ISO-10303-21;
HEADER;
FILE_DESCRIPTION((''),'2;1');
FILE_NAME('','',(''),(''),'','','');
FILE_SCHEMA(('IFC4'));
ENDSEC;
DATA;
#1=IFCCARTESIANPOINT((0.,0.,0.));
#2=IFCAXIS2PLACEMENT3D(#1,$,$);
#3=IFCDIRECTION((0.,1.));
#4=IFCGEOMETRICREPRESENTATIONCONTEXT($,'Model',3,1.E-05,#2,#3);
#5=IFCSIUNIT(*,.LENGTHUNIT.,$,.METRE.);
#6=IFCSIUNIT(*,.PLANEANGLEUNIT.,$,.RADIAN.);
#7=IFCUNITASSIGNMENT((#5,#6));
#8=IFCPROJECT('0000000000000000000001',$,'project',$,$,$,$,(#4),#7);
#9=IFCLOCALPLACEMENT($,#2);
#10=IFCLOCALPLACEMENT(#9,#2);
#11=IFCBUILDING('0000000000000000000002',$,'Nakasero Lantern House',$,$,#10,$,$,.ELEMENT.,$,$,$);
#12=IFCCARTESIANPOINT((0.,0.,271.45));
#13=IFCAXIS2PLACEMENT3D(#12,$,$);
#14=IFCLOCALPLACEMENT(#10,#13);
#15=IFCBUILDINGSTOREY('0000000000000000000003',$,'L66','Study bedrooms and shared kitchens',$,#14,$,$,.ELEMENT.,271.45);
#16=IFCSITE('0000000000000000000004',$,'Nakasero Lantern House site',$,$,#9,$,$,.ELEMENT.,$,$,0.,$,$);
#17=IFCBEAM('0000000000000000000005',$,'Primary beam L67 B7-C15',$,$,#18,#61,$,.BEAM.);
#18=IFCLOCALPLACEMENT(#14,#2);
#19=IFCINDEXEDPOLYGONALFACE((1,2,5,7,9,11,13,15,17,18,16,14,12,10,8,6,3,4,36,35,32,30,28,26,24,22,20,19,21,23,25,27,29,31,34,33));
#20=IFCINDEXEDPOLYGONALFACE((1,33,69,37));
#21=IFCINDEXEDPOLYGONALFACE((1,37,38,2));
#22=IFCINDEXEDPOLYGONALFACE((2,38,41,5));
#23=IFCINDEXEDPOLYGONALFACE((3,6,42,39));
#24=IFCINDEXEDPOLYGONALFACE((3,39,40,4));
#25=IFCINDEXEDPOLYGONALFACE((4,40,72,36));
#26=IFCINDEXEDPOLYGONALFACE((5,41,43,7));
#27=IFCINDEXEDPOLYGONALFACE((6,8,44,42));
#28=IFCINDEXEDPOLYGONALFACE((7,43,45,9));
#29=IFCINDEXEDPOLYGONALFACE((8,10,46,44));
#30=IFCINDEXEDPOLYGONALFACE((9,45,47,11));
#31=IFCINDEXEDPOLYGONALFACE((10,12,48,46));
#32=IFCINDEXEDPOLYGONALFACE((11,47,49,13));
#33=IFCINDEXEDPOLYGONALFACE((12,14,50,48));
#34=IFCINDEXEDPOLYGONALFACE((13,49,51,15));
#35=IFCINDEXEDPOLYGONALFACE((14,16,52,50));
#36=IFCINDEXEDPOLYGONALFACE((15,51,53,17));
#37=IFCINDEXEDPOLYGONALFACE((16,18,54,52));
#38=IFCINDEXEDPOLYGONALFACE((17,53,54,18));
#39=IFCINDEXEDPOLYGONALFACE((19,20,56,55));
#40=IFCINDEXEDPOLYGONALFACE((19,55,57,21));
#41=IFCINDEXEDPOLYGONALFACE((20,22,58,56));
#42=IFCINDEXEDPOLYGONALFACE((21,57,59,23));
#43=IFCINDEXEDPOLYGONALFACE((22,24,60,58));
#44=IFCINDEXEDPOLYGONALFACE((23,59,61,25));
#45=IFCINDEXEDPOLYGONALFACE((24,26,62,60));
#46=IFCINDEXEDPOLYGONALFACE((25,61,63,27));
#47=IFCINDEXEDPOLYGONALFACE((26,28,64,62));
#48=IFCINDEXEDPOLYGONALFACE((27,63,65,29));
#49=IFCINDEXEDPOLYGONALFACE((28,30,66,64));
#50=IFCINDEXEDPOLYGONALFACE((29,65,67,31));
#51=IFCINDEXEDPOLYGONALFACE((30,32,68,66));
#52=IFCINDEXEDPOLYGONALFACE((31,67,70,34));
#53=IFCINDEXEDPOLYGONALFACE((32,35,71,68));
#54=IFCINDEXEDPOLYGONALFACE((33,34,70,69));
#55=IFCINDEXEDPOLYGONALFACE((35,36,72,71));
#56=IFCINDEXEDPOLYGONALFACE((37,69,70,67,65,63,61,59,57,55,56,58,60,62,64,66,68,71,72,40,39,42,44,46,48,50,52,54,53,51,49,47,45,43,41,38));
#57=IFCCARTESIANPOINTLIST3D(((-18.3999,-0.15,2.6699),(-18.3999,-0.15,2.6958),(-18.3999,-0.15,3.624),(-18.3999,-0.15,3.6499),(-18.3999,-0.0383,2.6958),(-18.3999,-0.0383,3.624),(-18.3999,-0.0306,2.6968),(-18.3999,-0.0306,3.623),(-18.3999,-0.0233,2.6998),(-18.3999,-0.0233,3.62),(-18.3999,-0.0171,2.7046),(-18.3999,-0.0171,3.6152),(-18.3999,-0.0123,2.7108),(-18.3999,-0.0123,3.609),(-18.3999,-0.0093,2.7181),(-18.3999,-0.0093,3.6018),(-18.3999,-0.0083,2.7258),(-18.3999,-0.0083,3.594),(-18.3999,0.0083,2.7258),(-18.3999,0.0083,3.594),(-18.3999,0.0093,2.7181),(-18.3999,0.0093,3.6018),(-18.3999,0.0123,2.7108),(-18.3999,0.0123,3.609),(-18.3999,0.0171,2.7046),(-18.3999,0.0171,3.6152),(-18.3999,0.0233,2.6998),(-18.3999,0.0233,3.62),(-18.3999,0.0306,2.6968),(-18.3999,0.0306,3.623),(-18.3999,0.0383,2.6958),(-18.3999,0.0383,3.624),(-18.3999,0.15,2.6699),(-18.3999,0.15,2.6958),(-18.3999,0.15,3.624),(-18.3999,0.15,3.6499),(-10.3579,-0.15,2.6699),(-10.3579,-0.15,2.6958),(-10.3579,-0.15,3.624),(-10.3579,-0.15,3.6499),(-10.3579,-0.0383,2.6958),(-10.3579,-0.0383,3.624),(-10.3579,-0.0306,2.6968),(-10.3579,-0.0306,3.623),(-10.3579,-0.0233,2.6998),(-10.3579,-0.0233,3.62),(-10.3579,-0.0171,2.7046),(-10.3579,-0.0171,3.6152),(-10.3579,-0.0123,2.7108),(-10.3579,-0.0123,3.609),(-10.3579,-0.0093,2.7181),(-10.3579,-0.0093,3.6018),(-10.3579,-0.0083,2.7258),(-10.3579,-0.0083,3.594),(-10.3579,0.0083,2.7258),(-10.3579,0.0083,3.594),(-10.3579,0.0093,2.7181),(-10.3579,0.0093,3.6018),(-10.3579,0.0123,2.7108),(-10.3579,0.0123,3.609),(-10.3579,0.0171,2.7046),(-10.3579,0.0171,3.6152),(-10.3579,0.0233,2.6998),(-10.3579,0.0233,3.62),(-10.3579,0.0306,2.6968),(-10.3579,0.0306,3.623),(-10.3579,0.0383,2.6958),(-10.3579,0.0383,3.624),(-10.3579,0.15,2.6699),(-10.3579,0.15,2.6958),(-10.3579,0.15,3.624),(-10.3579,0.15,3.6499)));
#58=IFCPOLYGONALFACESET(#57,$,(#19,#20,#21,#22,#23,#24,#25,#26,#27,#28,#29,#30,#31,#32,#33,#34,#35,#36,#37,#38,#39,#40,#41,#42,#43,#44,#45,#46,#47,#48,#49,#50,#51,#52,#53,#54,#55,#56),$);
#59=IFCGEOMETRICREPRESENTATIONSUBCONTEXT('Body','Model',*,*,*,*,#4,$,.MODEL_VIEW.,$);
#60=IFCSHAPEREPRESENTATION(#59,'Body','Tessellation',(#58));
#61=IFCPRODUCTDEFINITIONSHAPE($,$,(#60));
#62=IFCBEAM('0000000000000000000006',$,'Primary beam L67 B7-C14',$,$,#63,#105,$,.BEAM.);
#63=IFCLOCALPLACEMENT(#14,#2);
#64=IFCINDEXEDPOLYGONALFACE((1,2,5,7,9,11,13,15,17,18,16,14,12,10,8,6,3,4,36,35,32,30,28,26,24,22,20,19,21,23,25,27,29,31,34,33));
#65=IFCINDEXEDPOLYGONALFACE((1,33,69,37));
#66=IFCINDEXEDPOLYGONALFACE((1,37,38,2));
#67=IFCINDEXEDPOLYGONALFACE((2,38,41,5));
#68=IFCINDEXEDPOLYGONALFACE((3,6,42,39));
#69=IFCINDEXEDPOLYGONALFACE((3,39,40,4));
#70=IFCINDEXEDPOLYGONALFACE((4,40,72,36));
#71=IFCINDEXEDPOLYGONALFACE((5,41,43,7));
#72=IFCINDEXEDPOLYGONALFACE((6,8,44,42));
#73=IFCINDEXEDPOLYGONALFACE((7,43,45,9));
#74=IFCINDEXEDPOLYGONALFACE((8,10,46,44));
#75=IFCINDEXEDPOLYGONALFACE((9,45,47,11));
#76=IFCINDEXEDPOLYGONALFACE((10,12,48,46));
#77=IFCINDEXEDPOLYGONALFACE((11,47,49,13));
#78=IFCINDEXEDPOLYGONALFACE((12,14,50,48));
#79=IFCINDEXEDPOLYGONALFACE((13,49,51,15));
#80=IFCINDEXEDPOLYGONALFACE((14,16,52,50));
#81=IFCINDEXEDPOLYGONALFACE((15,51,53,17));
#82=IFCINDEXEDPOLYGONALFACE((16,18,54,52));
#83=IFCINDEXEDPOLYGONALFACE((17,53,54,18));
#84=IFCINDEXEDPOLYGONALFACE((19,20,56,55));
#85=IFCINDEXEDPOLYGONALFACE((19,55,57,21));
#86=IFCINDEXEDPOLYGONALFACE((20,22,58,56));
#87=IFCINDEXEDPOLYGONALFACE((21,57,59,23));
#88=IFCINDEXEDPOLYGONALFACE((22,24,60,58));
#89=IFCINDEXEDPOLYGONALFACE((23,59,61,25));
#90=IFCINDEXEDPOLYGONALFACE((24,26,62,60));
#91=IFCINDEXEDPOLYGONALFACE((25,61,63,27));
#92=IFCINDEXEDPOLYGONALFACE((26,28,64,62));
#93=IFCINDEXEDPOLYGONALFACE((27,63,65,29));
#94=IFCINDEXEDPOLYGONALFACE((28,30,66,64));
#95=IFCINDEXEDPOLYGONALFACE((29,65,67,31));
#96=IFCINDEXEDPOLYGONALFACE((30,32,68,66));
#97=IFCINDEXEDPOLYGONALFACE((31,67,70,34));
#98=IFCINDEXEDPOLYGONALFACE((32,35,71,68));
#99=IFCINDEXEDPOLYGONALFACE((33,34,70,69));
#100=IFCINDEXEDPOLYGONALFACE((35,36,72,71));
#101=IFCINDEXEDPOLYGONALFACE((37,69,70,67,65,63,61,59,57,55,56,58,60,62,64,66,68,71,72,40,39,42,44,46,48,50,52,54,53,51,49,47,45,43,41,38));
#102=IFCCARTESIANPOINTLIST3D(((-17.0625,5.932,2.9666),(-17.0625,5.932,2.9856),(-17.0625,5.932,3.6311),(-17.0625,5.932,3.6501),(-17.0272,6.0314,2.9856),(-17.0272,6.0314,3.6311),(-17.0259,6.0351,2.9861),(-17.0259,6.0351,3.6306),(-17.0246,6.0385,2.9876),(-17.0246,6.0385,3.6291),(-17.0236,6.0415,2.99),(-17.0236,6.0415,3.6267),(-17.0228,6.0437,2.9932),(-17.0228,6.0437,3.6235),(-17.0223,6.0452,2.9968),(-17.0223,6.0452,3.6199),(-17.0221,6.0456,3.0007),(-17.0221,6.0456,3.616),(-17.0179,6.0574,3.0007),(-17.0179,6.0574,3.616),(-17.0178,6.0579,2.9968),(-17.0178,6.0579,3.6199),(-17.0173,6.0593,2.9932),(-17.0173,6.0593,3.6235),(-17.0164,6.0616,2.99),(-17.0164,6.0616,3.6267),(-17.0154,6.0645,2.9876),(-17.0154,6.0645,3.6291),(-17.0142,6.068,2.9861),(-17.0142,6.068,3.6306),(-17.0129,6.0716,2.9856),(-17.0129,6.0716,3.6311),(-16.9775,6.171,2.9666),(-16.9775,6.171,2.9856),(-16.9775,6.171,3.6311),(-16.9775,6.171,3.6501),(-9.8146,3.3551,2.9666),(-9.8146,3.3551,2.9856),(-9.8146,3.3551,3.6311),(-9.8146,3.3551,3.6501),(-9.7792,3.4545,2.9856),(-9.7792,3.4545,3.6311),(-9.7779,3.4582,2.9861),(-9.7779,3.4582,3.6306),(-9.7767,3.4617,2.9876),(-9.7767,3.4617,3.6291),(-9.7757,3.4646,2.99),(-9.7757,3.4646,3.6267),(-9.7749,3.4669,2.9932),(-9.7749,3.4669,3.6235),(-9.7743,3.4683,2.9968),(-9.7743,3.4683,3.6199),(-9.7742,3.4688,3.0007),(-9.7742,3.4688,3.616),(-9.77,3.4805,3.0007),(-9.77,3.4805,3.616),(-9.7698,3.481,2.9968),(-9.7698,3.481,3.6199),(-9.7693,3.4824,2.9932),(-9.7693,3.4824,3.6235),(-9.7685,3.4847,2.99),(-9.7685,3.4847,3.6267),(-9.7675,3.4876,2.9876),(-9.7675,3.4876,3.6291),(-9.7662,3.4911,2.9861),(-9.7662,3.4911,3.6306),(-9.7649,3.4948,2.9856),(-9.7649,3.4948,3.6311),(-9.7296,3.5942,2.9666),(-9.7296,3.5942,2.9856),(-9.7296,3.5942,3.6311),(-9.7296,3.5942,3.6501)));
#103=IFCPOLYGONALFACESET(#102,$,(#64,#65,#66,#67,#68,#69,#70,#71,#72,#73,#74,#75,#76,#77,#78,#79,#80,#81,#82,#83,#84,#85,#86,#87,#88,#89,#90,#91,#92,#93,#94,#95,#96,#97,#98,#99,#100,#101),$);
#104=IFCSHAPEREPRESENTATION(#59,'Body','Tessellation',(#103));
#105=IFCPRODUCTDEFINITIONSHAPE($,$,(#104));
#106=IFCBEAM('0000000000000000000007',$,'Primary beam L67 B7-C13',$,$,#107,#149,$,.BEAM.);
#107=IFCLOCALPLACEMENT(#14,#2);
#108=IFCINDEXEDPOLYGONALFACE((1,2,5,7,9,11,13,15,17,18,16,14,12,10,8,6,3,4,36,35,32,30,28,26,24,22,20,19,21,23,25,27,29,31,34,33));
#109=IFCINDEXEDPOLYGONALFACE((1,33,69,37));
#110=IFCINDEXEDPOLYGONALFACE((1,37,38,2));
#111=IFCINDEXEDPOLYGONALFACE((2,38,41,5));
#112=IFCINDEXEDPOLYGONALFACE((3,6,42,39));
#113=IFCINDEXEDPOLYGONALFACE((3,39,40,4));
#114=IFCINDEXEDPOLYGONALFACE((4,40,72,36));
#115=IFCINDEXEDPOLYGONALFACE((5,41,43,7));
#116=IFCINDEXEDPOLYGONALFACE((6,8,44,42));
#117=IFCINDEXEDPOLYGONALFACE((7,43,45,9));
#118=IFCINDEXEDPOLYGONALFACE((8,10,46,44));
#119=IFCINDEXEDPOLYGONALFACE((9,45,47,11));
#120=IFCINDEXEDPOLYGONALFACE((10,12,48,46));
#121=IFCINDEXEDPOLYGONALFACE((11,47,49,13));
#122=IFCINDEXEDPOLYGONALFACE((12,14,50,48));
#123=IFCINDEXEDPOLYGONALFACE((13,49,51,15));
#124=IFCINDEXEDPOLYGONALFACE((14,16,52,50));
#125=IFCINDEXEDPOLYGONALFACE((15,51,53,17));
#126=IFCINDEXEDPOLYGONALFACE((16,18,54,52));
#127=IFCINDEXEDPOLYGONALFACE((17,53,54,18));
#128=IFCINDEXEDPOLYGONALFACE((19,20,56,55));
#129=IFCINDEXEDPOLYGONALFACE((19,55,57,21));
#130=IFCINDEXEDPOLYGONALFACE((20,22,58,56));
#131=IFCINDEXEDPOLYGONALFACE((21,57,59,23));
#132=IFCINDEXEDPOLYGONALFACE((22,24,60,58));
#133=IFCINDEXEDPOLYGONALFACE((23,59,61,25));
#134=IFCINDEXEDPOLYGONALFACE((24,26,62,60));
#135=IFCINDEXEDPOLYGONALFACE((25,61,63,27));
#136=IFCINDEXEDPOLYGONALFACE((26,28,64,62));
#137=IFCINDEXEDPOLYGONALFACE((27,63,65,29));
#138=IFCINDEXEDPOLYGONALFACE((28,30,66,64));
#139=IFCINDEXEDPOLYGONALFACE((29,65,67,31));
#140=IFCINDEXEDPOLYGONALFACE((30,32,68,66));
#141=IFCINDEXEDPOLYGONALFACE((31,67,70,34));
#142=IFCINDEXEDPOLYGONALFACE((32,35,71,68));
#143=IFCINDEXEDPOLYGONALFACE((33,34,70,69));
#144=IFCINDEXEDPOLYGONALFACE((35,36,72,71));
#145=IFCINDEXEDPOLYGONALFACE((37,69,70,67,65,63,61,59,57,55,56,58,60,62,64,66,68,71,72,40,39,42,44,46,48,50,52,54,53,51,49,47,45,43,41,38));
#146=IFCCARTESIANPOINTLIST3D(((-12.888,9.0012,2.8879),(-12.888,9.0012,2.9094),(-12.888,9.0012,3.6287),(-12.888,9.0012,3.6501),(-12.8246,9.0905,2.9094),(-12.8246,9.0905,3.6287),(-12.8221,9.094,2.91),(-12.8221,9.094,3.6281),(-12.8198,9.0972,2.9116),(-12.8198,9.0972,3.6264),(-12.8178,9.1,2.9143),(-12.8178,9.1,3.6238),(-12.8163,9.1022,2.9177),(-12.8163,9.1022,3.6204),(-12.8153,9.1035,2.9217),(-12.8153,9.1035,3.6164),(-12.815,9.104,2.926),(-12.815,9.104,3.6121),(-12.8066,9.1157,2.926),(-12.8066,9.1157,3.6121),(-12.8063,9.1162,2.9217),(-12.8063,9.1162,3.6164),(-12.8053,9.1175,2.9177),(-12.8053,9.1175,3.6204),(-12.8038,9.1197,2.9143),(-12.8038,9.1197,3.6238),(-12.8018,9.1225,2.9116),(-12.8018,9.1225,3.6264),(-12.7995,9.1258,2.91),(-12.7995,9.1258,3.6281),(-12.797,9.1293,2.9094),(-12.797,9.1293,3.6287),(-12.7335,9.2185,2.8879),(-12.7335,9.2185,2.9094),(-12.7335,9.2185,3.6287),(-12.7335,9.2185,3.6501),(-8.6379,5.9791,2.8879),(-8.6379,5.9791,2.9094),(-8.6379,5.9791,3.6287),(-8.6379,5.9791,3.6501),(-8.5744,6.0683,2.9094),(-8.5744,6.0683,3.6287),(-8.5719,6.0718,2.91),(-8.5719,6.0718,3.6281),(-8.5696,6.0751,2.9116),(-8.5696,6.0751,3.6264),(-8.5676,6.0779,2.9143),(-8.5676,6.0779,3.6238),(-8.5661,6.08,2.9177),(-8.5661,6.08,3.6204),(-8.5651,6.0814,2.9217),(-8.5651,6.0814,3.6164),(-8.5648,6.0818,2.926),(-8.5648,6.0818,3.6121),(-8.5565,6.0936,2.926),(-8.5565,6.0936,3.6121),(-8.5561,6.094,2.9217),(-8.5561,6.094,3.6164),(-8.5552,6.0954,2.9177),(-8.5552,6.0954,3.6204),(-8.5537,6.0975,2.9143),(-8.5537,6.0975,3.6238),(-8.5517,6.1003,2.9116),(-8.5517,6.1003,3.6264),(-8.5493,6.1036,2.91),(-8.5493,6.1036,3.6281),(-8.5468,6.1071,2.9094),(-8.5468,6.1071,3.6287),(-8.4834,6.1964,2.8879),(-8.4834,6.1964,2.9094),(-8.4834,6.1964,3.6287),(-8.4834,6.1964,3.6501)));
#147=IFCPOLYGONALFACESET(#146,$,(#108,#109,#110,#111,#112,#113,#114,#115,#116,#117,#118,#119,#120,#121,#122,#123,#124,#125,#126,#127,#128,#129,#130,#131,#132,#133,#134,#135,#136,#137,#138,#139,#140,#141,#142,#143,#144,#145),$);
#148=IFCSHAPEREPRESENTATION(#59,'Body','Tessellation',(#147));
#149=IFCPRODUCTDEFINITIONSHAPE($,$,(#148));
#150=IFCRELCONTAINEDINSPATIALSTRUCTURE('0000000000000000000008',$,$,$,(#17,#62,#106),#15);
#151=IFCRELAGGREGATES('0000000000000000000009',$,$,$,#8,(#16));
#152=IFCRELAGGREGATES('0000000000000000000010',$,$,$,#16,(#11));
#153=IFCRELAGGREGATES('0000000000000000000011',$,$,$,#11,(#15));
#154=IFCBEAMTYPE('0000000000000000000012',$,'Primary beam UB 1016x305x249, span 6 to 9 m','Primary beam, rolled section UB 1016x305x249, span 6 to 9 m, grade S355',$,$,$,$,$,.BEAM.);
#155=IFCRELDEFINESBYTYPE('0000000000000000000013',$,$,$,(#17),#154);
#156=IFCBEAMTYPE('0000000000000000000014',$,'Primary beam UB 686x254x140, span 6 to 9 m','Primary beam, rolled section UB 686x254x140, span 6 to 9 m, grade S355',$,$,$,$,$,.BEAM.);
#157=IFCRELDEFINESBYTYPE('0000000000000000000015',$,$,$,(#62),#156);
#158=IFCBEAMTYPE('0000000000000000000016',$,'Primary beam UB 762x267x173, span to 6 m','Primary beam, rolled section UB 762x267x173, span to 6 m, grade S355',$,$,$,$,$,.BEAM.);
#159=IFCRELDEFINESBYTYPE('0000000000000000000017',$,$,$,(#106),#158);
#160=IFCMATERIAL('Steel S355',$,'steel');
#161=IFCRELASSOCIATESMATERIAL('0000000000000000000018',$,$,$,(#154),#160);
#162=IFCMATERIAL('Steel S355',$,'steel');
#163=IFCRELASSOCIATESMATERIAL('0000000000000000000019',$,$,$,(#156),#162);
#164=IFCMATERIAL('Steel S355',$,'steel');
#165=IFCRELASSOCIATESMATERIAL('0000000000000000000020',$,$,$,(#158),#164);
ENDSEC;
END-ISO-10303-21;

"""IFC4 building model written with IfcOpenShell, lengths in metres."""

from ifc_helpers import new_model, si_unit, direction, frame, origin, origin_2d, place, context, subcontext, project, spatial, i_section, extrude, material, material_profile, profile_set, type_object, element, save


model = new_model("IFC4")

# Units and contexts
model_context = context("Model", 3, precision=1e-05, world=origin(), true_north=direction((0.0, 1.0)))
body_context = subcontext(model_context, "Body", "Model", "MODEL_VIEW")
ifc_project = project(units=[si_unit("LENGTHUNIT", "METRE"), si_unit("PLANEANGLEUNIT", "RADIAN")], contexts=[model_context])

# Site, building, storey
site_placement = place(None, origin())
site = spatial("IfcSite", under=ifc_project, at=site_placement, Name="Nakasero Lantern House site", CompositionType="ELEMENT", RefElevation=0.0)
building_placement = place(site_placement, origin())
building = spatial("IfcBuilding", under=site, at=building_placement, Name="Nakasero Lantern House", CompositionType="ELEMENT")
storey_placement = place(building_placement, frame((0.0, 0.0, 271.45)))
storey = spatial("IfcBuildingStorey", under=building, at=storey_placement, Name="L66", Description="Study bedrooms and shared kitchens", CompositionType="ELEMENT", Elevation=271.45)

# Beams
ifc_material_1 = material(Name="Steel S355", Category="steel")
ifc_material_profile_1 = material_profile(ifc_material_1, i_section(OverallWidth=0.3, OverallDepth=0.98, WebThickness=0.0166, FlangeThickness=0.0259, FilletRadius=0.03, at=origin_2d()), Name="UB 1016x305x249")
ifc_profile_set_1 = profile_set([ifc_material_profile_1], Name="Steel S355")
beam_type_1 = type_object("IfcBeamType", Name="Primary beam UB 1016x305x249, span 6 to 9 m", Description="Primary beam, rolled section UB 1016x305x249, span 6 to 9 m, grade S355", PredefinedType="BEAM", material=ifc_profile_set_1)
beam_1_placement = place(storey_placement, frame((-18.3999, 0.0, 3.1599), z_axis=(1.0, 0.0, 0.0), x_axis=(0.0, 1.0, 0.0)))
element("IfcBeam", 1, at=beam_1_placement, inside=storey, type_object=beam_type_1, Name="Primary beam L67 B7-C15", PredefinedType="BEAM", context=body_context, shape_type="SweptSolid", body=[
    extrude(i_section(OverallWidth=0.3, OverallDepth=0.98, WebThickness=0.0166, FlangeThickness=0.0259, FilletRadius=0.03, at=origin_2d()), origin(), (0.0, 0.0, 1.0), 8.042),
])
ifc_material_2 = material(Name="Steel S355", Category="steel")
ifc_material_profile_2 = material_profile(ifc_material_2, i_section(OverallWidth=0.2537, OverallDepth=0.6836, WebThickness=0.0125, FlangeThickness=0.019, FilletRadius=0.0151, at=origin_2d()), Name="UB 686x254x140")
ifc_profile_set_2 = profile_set([ifc_material_profile_2], Name="Steel S355")
beam_type_2 = type_object("IfcBeamType", Name="Primary beam UB 686x254x140, span 6 to 9 m", Description="Primary beam, rolled section UB 686x254x140, span 6 to 9 m, grade S355", PredefinedType="BEAM", material=ifc_profile_set_2)
beam_2_placement = place(storey_placement, frame((-17.02, 6.0515, 3.3083), z_axis=(0.942222, -0.334989, 0.0), x_axis=(0.334989, 0.942222, 0.0)))
element("IfcBeam", 2, at=beam_2_placement, inside=storey, type_object=beam_type_2, Name="Primary beam L67 B7-C14", PredefinedType="BEAM", context=body_context, shape_type="SweptSolid", body=[
    extrude(i_section(OverallWidth=0.2537, OverallDepth=0.6836, WebThickness=0.0125, FlangeThickness=0.019, FilletRadius=0.0151, at=origin_2d()), origin(), (0.0, 0.0, 1.0), 7.6924),
])
ifc_material_3 = material(Name="Steel S355", Category="steel")
ifc_material_profile_3 = material_profile(ifc_material_3, i_section(OverallWidth=0.2666, OverallDepth=0.7622, WebThickness=0.0144, FlangeThickness=0.0215, FilletRadius=0.0166, at=origin_2d()), Name="UB 762x267x173")
ifc_profile_set_3 = profile_set([ifc_material_profile_3], Name="Steel S355")
beam_type_3 = type_object("IfcBeamType", Name="Primary beam UB 762x267x173, span to 6 m", Description="Primary beam, rolled section UB 762x267x173, span to 6 m, grade S355", PredefinedType="BEAM", material=ifc_profile_set_3)
beam_3_placement = place(storey_placement, frame((-12.8108, 9.1099, 3.269), z_axis=(0.814972, -0.579501, 0.0), x_axis=(0.579501, 0.814972, 0.0)))
element("IfcBeam", 3, at=beam_3_placement, inside=storey, type_object=beam_type_3, Name="Primary beam L67 B7-C13", PredefinedType="BEAM", context=body_context, shape_type="SweptSolid", body=[
    extrude(i_section(OverallWidth=0.2666, OverallDepth=0.7622, WebThickness=0.0144, FlangeThickness=0.0215, FilletRadius=0.0166, at=origin_2d()), origin(), (0.0, 0.0, 1.0), 5.2151),
])

save(model, "model.ifc")
